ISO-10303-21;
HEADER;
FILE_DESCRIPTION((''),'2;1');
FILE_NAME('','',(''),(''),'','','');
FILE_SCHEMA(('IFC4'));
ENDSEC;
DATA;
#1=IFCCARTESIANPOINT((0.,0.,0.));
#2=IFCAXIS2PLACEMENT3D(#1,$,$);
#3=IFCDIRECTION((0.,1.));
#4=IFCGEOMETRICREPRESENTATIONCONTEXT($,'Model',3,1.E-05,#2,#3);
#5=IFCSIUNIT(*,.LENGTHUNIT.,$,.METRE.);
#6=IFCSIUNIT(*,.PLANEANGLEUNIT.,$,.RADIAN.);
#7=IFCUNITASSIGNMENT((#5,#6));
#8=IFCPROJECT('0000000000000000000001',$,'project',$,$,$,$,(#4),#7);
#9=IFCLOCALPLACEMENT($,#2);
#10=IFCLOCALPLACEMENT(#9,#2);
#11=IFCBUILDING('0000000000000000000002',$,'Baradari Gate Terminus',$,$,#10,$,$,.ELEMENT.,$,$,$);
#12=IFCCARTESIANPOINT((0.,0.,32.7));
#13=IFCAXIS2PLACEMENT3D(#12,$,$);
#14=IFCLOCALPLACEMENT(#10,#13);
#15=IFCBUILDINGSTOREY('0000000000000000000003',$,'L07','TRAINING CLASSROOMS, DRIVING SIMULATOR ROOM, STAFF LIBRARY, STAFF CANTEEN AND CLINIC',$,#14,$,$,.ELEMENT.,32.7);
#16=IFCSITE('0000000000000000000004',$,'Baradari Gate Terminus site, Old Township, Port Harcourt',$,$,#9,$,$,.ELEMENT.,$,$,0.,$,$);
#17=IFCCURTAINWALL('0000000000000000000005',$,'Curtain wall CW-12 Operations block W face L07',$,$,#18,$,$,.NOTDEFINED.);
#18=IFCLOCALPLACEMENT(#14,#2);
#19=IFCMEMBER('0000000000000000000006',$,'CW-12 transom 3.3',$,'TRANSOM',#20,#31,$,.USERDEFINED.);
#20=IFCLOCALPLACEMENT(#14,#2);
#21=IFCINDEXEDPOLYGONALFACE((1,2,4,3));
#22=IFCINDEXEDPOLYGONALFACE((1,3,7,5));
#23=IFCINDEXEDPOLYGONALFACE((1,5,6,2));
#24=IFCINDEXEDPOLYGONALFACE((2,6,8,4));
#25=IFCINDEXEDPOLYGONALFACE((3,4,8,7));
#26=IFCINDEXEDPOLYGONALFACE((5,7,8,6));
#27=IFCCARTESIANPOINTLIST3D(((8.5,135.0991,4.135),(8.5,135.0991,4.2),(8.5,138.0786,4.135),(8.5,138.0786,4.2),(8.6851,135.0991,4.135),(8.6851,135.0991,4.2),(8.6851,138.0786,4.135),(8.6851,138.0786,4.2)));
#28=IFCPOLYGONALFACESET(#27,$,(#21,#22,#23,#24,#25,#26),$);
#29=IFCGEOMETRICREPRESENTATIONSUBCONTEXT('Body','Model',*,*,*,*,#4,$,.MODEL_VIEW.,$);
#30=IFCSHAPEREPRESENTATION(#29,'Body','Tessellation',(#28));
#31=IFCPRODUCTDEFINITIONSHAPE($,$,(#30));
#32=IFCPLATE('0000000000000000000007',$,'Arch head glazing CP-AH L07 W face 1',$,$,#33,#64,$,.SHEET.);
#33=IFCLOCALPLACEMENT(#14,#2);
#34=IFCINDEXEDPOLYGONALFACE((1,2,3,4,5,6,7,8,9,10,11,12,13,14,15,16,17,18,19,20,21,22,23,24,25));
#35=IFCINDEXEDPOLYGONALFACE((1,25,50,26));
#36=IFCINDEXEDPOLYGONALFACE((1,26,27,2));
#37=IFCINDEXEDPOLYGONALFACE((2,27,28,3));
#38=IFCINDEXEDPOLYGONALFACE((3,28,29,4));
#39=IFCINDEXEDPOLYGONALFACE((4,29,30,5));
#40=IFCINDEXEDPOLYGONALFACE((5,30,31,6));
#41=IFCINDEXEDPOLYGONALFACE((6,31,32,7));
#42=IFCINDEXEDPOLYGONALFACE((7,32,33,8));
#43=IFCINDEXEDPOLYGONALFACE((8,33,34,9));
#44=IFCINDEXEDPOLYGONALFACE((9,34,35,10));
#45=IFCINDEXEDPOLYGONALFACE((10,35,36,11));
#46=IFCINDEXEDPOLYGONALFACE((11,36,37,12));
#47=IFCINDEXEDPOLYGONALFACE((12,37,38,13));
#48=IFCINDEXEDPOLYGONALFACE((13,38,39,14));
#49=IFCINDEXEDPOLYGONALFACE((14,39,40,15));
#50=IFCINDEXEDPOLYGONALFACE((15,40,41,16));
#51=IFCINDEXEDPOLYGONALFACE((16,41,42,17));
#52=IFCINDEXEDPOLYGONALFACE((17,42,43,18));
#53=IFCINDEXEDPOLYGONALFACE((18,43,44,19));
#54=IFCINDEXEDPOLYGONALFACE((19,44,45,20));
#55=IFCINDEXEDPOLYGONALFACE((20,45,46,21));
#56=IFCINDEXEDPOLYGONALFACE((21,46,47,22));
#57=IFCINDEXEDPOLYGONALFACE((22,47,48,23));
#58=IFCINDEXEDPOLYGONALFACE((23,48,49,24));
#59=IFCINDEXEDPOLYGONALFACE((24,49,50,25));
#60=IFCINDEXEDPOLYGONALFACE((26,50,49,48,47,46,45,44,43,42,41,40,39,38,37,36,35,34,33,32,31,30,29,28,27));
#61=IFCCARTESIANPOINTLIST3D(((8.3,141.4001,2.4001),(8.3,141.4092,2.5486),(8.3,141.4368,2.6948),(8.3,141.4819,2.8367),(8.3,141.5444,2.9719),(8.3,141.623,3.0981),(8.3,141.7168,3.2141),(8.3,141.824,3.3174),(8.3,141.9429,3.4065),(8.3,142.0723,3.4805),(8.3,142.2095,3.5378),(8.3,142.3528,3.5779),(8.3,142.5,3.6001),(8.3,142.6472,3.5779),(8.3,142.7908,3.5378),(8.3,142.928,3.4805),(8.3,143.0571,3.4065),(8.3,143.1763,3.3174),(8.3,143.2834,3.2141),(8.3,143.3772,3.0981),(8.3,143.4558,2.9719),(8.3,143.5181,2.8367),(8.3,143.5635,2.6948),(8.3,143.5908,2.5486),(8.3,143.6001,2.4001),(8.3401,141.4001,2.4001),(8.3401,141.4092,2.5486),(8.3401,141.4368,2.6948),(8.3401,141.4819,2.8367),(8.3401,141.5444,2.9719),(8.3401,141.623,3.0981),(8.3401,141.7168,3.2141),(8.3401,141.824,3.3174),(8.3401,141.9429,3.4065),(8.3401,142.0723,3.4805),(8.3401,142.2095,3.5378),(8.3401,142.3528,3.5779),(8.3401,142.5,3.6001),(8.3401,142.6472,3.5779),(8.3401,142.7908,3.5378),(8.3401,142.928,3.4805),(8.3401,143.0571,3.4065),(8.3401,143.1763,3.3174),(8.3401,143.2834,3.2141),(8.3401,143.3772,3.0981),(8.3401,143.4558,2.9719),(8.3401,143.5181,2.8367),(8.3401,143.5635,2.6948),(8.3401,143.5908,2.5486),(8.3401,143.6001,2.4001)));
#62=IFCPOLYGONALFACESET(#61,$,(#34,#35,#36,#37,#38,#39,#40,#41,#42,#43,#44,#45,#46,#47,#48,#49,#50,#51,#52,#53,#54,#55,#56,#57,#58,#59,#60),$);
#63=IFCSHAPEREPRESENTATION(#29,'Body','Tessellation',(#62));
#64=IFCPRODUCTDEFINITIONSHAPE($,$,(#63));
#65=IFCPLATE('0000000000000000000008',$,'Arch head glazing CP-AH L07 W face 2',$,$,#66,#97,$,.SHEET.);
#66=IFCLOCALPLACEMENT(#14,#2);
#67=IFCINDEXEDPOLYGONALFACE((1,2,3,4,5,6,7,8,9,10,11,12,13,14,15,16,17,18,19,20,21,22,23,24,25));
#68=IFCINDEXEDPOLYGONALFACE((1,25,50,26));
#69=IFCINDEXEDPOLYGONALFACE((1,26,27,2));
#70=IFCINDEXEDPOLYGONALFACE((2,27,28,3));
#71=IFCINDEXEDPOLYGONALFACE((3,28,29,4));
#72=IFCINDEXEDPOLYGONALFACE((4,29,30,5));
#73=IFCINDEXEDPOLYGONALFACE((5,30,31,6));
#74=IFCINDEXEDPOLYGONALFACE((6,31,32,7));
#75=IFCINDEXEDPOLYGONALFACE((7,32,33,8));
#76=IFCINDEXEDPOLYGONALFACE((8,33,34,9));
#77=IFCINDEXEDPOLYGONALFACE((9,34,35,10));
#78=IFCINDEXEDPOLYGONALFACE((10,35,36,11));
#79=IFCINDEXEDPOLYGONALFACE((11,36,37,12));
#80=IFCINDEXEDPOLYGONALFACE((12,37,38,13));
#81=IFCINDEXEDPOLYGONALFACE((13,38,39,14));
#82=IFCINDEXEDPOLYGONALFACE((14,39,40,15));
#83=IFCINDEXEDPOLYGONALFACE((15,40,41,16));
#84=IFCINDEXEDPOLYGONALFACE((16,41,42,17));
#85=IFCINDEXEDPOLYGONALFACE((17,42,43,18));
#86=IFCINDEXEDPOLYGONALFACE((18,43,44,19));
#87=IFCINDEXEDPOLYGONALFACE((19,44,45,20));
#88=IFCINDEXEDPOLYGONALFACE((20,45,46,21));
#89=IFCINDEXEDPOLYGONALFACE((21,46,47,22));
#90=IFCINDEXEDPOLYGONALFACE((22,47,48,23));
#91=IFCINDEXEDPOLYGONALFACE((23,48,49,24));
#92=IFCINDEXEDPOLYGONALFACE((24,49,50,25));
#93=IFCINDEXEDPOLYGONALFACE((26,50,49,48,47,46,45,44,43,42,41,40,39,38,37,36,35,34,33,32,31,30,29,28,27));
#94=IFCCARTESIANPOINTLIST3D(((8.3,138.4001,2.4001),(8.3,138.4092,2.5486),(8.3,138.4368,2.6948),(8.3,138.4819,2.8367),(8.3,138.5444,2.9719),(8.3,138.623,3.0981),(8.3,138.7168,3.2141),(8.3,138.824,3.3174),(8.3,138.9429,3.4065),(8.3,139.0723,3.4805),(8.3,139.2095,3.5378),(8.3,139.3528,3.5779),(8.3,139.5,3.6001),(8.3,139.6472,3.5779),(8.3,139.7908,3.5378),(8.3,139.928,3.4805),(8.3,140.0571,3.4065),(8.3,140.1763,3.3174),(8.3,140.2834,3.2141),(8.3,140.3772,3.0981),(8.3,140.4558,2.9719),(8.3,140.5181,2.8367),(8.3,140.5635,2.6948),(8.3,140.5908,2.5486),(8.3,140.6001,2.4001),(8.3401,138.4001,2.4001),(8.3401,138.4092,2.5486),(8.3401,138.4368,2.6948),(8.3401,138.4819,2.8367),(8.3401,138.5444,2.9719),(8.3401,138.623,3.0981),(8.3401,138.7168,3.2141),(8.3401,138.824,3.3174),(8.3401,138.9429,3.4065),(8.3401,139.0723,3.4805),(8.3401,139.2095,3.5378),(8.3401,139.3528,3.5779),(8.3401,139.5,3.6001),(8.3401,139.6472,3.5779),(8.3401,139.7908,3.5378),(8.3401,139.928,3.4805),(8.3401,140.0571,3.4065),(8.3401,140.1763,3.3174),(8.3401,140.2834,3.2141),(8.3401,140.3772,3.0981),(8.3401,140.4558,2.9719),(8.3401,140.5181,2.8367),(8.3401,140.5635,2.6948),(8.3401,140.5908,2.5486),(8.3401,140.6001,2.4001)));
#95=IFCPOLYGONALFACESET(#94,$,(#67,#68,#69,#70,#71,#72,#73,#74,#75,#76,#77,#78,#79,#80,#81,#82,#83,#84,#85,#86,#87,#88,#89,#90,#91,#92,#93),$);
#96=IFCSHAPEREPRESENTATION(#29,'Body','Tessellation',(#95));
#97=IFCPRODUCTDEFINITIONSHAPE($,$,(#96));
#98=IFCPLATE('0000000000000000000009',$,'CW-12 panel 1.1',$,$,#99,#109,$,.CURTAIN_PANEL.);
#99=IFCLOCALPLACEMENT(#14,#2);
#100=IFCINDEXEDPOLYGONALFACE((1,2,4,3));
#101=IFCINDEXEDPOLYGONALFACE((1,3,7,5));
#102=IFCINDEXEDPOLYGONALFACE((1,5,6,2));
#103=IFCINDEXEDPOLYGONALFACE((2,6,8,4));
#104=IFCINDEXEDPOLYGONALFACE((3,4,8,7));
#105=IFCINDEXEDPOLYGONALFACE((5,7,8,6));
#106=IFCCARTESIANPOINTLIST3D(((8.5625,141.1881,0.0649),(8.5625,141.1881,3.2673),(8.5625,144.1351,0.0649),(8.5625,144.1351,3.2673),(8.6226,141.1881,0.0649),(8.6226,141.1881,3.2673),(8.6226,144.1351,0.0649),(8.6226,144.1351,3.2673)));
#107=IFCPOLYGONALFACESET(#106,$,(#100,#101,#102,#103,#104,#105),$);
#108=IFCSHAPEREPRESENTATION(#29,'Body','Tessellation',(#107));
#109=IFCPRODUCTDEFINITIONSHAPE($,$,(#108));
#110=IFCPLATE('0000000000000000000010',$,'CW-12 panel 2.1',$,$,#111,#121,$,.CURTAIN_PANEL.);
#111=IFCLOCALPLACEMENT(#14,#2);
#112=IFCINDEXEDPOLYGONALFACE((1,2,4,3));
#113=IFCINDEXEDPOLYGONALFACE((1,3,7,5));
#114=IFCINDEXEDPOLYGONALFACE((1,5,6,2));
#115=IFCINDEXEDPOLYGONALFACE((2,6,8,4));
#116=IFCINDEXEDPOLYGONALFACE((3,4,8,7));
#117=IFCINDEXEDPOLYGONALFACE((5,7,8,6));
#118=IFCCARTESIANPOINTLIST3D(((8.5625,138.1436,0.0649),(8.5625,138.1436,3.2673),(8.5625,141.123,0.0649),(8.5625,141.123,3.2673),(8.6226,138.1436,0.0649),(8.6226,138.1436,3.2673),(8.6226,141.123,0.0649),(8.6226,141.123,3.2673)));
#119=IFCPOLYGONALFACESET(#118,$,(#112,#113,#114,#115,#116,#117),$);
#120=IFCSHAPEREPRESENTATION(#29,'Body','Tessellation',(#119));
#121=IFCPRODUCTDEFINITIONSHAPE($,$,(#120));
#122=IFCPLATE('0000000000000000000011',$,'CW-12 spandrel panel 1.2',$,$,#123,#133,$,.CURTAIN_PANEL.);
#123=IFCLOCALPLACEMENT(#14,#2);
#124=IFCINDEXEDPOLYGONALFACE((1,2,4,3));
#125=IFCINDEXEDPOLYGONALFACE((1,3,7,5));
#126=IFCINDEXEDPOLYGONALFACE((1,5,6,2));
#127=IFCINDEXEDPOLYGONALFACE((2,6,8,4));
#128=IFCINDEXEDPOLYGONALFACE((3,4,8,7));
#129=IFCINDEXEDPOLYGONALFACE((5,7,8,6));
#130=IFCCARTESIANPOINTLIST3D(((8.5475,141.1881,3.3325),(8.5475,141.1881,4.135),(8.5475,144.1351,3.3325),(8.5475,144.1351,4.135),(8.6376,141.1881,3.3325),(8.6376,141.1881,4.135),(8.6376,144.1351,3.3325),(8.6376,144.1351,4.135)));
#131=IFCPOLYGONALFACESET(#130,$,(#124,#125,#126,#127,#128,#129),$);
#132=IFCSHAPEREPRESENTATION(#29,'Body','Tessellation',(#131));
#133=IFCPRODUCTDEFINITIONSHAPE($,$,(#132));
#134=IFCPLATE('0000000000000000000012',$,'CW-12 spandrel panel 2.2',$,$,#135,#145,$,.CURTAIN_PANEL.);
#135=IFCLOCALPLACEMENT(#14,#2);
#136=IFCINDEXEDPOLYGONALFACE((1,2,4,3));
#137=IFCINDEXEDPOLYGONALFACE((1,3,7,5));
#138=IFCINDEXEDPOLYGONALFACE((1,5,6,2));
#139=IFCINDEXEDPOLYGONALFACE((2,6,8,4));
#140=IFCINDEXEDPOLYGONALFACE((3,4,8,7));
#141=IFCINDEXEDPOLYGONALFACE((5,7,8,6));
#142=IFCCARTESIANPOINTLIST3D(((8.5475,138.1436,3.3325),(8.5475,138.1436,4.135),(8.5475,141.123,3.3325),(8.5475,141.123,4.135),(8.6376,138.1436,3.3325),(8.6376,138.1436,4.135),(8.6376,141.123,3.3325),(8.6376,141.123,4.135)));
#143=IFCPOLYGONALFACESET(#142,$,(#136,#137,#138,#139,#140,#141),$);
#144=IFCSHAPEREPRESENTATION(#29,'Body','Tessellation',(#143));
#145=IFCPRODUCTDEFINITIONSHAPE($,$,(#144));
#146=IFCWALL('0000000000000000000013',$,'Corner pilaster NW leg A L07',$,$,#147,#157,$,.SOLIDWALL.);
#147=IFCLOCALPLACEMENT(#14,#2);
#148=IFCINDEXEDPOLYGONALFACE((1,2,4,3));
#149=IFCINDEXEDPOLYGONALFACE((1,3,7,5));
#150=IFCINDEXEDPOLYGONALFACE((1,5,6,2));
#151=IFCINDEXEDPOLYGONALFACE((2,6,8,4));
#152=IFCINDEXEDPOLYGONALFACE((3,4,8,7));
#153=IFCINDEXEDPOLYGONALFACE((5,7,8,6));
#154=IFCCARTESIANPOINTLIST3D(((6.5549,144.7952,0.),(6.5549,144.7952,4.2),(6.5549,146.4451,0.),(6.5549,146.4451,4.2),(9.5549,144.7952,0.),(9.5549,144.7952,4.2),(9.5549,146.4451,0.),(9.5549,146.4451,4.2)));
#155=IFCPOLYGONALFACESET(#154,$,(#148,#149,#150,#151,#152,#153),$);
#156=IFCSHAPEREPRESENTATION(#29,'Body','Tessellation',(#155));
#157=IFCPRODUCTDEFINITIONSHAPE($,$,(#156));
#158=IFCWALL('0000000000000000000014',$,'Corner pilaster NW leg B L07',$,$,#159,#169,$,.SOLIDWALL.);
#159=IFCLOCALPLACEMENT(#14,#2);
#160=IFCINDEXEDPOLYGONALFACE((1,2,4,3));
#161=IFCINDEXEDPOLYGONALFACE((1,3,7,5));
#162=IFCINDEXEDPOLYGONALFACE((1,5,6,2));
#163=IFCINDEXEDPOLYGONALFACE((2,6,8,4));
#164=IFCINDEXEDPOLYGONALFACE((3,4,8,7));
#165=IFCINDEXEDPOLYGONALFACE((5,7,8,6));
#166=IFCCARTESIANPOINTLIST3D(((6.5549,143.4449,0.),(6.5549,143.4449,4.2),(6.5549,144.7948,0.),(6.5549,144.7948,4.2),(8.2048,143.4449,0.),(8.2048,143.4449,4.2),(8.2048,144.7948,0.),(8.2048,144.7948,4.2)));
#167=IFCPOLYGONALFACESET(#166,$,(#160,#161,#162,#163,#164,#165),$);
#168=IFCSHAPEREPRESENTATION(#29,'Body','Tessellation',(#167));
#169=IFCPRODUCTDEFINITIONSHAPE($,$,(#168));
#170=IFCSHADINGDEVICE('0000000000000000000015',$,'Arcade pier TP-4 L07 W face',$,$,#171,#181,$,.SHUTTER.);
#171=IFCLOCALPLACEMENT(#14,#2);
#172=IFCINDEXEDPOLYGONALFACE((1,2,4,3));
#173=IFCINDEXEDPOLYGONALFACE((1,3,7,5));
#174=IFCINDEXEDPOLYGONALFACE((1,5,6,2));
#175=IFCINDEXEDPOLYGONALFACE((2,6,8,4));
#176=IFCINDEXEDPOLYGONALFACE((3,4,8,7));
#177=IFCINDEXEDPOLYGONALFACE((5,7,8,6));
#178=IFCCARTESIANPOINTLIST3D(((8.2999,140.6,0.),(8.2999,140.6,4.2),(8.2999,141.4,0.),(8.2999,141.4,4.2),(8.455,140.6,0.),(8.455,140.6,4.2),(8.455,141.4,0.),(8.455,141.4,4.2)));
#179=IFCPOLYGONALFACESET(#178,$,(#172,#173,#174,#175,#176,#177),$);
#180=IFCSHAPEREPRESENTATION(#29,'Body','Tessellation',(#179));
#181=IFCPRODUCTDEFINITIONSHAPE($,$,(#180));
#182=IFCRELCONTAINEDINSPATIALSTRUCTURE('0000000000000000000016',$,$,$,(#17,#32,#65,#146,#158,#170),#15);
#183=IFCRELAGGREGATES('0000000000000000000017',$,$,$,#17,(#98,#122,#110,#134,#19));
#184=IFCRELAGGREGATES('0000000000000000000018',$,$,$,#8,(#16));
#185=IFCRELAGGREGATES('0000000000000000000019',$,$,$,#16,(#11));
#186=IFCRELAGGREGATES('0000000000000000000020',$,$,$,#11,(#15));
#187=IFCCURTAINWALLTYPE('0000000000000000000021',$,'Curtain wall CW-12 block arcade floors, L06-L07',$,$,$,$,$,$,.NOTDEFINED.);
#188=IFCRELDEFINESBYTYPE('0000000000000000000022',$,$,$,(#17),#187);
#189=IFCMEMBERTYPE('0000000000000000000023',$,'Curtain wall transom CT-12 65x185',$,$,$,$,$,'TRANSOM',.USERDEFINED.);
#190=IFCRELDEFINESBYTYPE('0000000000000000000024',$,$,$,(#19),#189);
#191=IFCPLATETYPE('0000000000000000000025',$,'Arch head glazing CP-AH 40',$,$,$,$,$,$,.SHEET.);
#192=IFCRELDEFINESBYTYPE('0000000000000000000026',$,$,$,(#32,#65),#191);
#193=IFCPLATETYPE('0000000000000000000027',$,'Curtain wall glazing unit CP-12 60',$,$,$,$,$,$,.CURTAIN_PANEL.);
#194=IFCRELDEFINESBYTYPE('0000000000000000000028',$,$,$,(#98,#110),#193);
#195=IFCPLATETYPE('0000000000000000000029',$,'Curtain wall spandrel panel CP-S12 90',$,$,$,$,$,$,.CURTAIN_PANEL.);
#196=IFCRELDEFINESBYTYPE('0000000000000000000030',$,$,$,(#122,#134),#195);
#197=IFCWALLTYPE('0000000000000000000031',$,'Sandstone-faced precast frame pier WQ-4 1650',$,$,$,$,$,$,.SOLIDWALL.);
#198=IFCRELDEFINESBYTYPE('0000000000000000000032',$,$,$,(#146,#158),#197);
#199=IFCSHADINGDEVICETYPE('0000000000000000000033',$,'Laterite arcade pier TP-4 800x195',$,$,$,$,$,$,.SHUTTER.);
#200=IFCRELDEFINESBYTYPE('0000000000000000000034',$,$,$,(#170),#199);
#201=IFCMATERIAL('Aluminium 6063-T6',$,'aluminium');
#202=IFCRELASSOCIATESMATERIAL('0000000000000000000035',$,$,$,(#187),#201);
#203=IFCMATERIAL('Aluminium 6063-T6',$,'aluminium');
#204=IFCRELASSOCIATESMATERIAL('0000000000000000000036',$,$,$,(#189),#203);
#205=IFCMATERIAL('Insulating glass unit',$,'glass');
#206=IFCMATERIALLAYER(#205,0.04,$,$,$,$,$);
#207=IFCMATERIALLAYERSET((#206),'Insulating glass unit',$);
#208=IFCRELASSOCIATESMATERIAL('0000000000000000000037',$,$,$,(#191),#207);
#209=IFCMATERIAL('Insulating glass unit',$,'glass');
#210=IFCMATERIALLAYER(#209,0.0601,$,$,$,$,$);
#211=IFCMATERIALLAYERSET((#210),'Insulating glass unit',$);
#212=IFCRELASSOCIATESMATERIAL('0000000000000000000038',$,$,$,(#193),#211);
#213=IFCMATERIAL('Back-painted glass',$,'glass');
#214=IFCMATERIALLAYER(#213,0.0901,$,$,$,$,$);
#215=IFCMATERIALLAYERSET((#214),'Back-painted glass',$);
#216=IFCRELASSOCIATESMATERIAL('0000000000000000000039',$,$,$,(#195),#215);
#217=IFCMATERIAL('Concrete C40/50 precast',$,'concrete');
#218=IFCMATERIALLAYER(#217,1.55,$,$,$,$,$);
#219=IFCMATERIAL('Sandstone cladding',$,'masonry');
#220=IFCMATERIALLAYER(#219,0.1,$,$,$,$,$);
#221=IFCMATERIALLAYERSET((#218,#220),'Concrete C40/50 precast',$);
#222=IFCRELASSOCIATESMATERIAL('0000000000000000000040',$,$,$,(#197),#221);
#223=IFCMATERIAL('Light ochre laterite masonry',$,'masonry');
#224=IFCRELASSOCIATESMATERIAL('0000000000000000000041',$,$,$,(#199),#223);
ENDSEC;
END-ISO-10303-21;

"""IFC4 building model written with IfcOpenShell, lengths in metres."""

from ifc_helpers import new_model, si_unit, direction, frame, frame_2d, origin, origin_2d, place, context, subcontext, project, spatial, polyline, rectangle, outline, extrude, material, layer, layer_set, material_profile, profile_set, type_object, element, aggregate, save


model = new_model("IFC4")

# Units and contexts
model_context = context("Model", 3, precision=1e-05, world=origin(), true_north=direction((0.0, 1.0)))
body_context = subcontext(model_context, "Body", "Model", "MODEL_VIEW")
ifc_project = project(units=[si_unit("LENGTHUNIT", "METRE"), si_unit("PLANEANGLEUNIT", "RADIAN")], contexts=[model_context])

# Site, building, storey
site_placement = place(None, origin())
site = spatial("IfcSite", under=ifc_project, at=site_placement, Name="Baradari Gate Terminus site, Old Township, Port Harcourt", CompositionType="ELEMENT", RefElevation=0.0)
building_placement = place(site_placement, origin())
building = spatial("IfcBuilding", under=site, at=building_placement, Name="Baradari Gate Terminus", CompositionType="ELEMENT")
storey_placement = place(building_placement, frame((0.0, 0.0, 32.7)))
storey = spatial("IfcBuildingStorey", under=building, at=storey_placement, Name="L07", Description="TRAINING CLASSROOMS, DRIVING SIMULATOR ROOM, STAFF LIBRARY, STAFF CANTEEN AND CLINIC", CompositionType="ELEMENT", Elevation=32.7)

# Shared definitions
ifc_material_1 = material(Name="Aluminium 6063-T6", Category="aluminium")
curtain_wall_type = type_object("IfcCurtainWallType", Name="Curtain wall CW-12 block arcade floors, L06-L07", PredefinedType="NOTDEFINED", material=ifc_material_1)

# Curtain wall, member
curtain_wall_1_placement = place(storey_placement, origin())
curtain_wall_1 = element("IfcCurtainWall", 1, at=curtain_wall_1_placement, inside=storey, type_object=curtain_wall_type, Name="Curtain wall CW-12 Operations block W face L07", PredefinedType="NOTDEFINED")
ifc_material_2 = material(Name="Aluminium 6063-T6", Category="aluminium")
ifc_material_profile_1 = material_profile(ifc_material_2, rectangle(XDim=0.1851, YDim=0.0649, at=origin_2d()), Name="CT-12 65X185")
ifc_profile_set_1 = profile_set([ifc_material_profile_1], Name="Aluminium 6063-T6")
member_type_1 = type_object("IfcMemberType", Name="Curtain wall transom CT-12 65x185", ElementType="TRANSOM", PredefinedType="USERDEFINED", material=ifc_profile_set_1)
member_1_placement = place(storey_placement, frame((8.5925, 138.0786, 4.1675), z_axis=(0.0, -1.0, 0.0), x_axis=(1.0, 0.0, 0.0)))
member_1 = element("IfcMember", 2, at=member_1_placement, type_object=member_type_1, Name="CW-12 transom 3.3", ObjectType="TRANSOM", PredefinedType="USERDEFINED", context=body_context, shape_type="SweptSolid", body=[
    extrude(rectangle(XDim=0.1851, YDim=0.0649, at=origin_2d()), origin(), (0.0, 0.0, 1.0), 2.9795),
])

# Plates
ifc_material_3 = material(Name="Insulating glass unit", Category="glass")
ifc_layer_1 = layer(ifc_material_3, 0.04)
ifc_layer_set_1 = layer_set([ifc_layer_1], Name="Insulating glass unit")
plate_type_1 = type_object("IfcPlateType", Name="Arch head glazing CP-AH 40", PredefinedType="SHEET", material=ifc_layer_set_1)
for number, where, z_axis, x_axis, name in (
    (3, (8.3201, 143.6001, 2.4001), (0.0, 0.0, 1.0), (0.0, -1.0, 0.0), "Arch head glazing CP-AH L07 W face 1"),
    (4, (8.3201, 140.6001, 2.4001), (0.0, 0.0, 1.0), (0.0, -1.0, 0.0), "Arch head glazing CP-AH L07 W face 2"),
):
    element("IfcPlate", number, at=place(storey_placement, frame(where, z_axis=z_axis, x_axis=x_axis)), inside=storey, type_object=plate_type_1, Name=name, PredefinedType="SHEET", context=body_context, shape_type="SweptSolid", body=[
        extrude(outline(polyline([(0.0, 0.0), (2.2, 0.0), (2.1909, 0.1484), (2.1633, 0.2947), (2.1182, 0.4365), (2.0557, 0.5718), (1.9771, 0.698), (1.8833, 0.814), (1.7761, 0.9172), (1.6572, 1.0063), (1.5278, 1.0803), (1.3906, 1.1377), (1.2473, 1.1777), (1.1001, 1.2), (0.9529, 1.1777), (0.8093, 1.1377), (0.6721, 1.0803), (0.543, 1.0063), (0.4238, 0.9172), (0.3167, 0.814), (0.2229, 0.698), (0.1443, 0.5718), (0.082, 0.4365), (0.0366, 0.2947), (0.0093, 0.1484), (0.0, 0.0)])), frame((0.0, 0.02, 0.0), z_axis=(0.0, -1.0, 0.0), x_axis=(1.0, 0.0, 0.0)), (0.0, 0.0, 1.0), 0.04),
    ])

# Plates
ifc_material_4 = material(Name="Insulating glass unit", Category="glass")
ifc_layer_2 = layer(ifc_material_4, 0.0601)
ifc_layer_set_2 = layer_set([ifc_layer_2], Name="Insulating glass unit")
plate_type_2 = type_object("IfcPlateType", Name="Curtain wall glazing unit CP-12 60", PredefinedType="CURTAIN_PANEL", material=ifc_layer_set_2)
plate_1_placement = place(storey_placement, frame((8.5925, 142.6616, 0.0649), z_axis=(0.0, 0.0, 1.0), x_axis=(0.0, -1.0, 0.0)))
plate_1 = element("IfcPlate", 5, at=plate_1_placement, type_object=plate_type_2, Name="CW-12 panel 1.1", PredefinedType="CURTAIN_PANEL", context=body_context, shape_type="SweptSolid", body=[
    extrude(rectangle(XDim=2.947, YDim=0.0601, at=origin_2d()), origin(), (0.0, 0.0, 1.0), 3.2024),
])
plate_2_placement = place(storey_placement, frame((8.5925, 139.6333, 0.0649), z_axis=(0.0, 0.0, 1.0), x_axis=(0.0, -1.0, 0.0)))
plate_2 = element("IfcPlate", 6, at=plate_2_placement, type_object=plate_type_2, Name="CW-12 panel 2.1", PredefinedType="CURTAIN_PANEL", context=body_context, shape_type="SweptSolid", body=[
    extrude(rectangle(XDim=2.9795, YDim=0.0601, at=origin_2d()), origin(), (0.0, 0.0, 1.0), 3.2024),
])
ifc_material_5 = material(Name="Back-painted glass", Category="glass")
ifc_layer_3 = layer(ifc_material_5, 0.0901)
ifc_layer_set_3 = layer_set([ifc_layer_3], Name="Back-painted glass")
plate_type_3 = type_object("IfcPlateType", Name="Curtain wall spandrel panel CP-S12 90", PredefinedType="CURTAIN_PANEL", material=ifc_layer_set_3)
plate_3_placement = place(storey_placement, frame((8.5925, 142.6616, 3.3325), z_axis=(0.0, 0.0, 1.0), x_axis=(0.0, -1.0, 0.0)))
plate_3 = element("IfcPlate", 7, at=plate_3_placement, type_object=plate_type_3, Name="CW-12 spandrel panel 1.2", PredefinedType="CURTAIN_PANEL", context=body_context, shape_type="SweptSolid", body=[
    extrude(rectangle(XDim=2.947, YDim=0.0901, at=origin_2d()), origin(), (0.0, 0.0, 1.0), 0.8025),
])
plate_4_placement = place(storey_placement, frame((8.5925, 139.6333, 3.3325), z_axis=(0.0, 0.0, 1.0), x_axis=(0.0, -1.0, 0.0)))
plate_4 = element("IfcPlate", 8, at=plate_4_placement, type_object=plate_type_3, Name="CW-12 spandrel panel 2.2", PredefinedType="CURTAIN_PANEL", context=body_context, shape_type="SweptSolid", body=[
    extrude(rectangle(XDim=2.9795, YDim=0.0901, at=origin_2d()), origin(), (0.0, 0.0, 1.0), 0.8025),
])
aggregate(curtain_wall_1, [plate_1, plate_3, plate_2, plate_4, member_1])

# Walls
ifc_material_6 = material(Name="Concrete C40/50 precast", Category="concrete")
ifc_layer_4 = layer(ifc_material_6, 1.55)
ifc_material_7 = material(Name="Sandstone cladding", Category="masonry")
ifc_layer_5 = layer(ifc_material_7, 0.1)
ifc_layer_set_4 = layer_set([ifc_layer_4, ifc_layer_5], Name="Concrete C40/50 precast")
wall_type = type_object("IfcWallType", Name="Sandstone-faced precast frame pier WQ-4 1650", PredefinedType="SOLIDWALL", material=ifc_layer_set_4)
wall_1_placement = place(storey_placement, frame((6.5549, 145.6201, 0.0), z_axis=(0.0, 0.0, 1.0), x_axis=(1.0, 0.0, 0.0)))
element("IfcWall", 9, at=wall_1_placement, inside=storey, type_object=wall_type, Name="Corner pilaster NW leg A L07", PredefinedType="SOLIDWALL", context=body_context, shape_type="SweptSolid", body=[
    extrude(rectangle(XDim=3.0, YDim=1.6499, at=frame_2d((1.5, 0.0))), origin(), (0.0, 0.0, 1.0), 4.2),
])
wall_2_placement = place(storey_placement, frame((7.3799, 143.4451, 0.0), z_axis=(0.0, 0.0, 1.0), x_axis=(0.0, 1.0, 0.0)))
element("IfcWall", 10, at=wall_2_placement, inside=storey, type_object=wall_type, Name="Corner pilaster NW leg B L07", PredefinedType="SOLIDWALL", context=body_context, shape_type="SweptSolid", body=[
    extrude(rectangle(XDim=1.3499, YDim=1.6499, at=frame_2d((0.6748, 0.0))), origin(), (0.0, 0.0, 1.0), 4.2),
])

# Shading device
ifc_material_8 = material(Name="Light ochre laterite masonry", Category="masonry")
shading_device_type = type_object("IfcShadingDeviceType", Name="Laterite arcade pier TP-4 800x195", PredefinedType="SHUTTER", material=ifc_material_8)
shading_device_placement = place(storey_placement, frame((8.3774, 141.0, 0.0), z_axis=(0.0, 0.0, 1.0), x_axis=(0.0, -1.0, 0.0)))
element("IfcShadingDevice", 11, at=shading_device_placement, inside=storey, type_object=shading_device_type, Name="Arcade pier TP-4 L07 W face", PredefinedType="SHUTTER", context=body_context, shape_type="SweptSolid", body=[
    extrude(rectangle(XDim=0.8, YDim=0.155, at=origin_2d()), origin(), (0.0, 0.0, 1.0), 4.2),
])

save(model, "model.ifc")
